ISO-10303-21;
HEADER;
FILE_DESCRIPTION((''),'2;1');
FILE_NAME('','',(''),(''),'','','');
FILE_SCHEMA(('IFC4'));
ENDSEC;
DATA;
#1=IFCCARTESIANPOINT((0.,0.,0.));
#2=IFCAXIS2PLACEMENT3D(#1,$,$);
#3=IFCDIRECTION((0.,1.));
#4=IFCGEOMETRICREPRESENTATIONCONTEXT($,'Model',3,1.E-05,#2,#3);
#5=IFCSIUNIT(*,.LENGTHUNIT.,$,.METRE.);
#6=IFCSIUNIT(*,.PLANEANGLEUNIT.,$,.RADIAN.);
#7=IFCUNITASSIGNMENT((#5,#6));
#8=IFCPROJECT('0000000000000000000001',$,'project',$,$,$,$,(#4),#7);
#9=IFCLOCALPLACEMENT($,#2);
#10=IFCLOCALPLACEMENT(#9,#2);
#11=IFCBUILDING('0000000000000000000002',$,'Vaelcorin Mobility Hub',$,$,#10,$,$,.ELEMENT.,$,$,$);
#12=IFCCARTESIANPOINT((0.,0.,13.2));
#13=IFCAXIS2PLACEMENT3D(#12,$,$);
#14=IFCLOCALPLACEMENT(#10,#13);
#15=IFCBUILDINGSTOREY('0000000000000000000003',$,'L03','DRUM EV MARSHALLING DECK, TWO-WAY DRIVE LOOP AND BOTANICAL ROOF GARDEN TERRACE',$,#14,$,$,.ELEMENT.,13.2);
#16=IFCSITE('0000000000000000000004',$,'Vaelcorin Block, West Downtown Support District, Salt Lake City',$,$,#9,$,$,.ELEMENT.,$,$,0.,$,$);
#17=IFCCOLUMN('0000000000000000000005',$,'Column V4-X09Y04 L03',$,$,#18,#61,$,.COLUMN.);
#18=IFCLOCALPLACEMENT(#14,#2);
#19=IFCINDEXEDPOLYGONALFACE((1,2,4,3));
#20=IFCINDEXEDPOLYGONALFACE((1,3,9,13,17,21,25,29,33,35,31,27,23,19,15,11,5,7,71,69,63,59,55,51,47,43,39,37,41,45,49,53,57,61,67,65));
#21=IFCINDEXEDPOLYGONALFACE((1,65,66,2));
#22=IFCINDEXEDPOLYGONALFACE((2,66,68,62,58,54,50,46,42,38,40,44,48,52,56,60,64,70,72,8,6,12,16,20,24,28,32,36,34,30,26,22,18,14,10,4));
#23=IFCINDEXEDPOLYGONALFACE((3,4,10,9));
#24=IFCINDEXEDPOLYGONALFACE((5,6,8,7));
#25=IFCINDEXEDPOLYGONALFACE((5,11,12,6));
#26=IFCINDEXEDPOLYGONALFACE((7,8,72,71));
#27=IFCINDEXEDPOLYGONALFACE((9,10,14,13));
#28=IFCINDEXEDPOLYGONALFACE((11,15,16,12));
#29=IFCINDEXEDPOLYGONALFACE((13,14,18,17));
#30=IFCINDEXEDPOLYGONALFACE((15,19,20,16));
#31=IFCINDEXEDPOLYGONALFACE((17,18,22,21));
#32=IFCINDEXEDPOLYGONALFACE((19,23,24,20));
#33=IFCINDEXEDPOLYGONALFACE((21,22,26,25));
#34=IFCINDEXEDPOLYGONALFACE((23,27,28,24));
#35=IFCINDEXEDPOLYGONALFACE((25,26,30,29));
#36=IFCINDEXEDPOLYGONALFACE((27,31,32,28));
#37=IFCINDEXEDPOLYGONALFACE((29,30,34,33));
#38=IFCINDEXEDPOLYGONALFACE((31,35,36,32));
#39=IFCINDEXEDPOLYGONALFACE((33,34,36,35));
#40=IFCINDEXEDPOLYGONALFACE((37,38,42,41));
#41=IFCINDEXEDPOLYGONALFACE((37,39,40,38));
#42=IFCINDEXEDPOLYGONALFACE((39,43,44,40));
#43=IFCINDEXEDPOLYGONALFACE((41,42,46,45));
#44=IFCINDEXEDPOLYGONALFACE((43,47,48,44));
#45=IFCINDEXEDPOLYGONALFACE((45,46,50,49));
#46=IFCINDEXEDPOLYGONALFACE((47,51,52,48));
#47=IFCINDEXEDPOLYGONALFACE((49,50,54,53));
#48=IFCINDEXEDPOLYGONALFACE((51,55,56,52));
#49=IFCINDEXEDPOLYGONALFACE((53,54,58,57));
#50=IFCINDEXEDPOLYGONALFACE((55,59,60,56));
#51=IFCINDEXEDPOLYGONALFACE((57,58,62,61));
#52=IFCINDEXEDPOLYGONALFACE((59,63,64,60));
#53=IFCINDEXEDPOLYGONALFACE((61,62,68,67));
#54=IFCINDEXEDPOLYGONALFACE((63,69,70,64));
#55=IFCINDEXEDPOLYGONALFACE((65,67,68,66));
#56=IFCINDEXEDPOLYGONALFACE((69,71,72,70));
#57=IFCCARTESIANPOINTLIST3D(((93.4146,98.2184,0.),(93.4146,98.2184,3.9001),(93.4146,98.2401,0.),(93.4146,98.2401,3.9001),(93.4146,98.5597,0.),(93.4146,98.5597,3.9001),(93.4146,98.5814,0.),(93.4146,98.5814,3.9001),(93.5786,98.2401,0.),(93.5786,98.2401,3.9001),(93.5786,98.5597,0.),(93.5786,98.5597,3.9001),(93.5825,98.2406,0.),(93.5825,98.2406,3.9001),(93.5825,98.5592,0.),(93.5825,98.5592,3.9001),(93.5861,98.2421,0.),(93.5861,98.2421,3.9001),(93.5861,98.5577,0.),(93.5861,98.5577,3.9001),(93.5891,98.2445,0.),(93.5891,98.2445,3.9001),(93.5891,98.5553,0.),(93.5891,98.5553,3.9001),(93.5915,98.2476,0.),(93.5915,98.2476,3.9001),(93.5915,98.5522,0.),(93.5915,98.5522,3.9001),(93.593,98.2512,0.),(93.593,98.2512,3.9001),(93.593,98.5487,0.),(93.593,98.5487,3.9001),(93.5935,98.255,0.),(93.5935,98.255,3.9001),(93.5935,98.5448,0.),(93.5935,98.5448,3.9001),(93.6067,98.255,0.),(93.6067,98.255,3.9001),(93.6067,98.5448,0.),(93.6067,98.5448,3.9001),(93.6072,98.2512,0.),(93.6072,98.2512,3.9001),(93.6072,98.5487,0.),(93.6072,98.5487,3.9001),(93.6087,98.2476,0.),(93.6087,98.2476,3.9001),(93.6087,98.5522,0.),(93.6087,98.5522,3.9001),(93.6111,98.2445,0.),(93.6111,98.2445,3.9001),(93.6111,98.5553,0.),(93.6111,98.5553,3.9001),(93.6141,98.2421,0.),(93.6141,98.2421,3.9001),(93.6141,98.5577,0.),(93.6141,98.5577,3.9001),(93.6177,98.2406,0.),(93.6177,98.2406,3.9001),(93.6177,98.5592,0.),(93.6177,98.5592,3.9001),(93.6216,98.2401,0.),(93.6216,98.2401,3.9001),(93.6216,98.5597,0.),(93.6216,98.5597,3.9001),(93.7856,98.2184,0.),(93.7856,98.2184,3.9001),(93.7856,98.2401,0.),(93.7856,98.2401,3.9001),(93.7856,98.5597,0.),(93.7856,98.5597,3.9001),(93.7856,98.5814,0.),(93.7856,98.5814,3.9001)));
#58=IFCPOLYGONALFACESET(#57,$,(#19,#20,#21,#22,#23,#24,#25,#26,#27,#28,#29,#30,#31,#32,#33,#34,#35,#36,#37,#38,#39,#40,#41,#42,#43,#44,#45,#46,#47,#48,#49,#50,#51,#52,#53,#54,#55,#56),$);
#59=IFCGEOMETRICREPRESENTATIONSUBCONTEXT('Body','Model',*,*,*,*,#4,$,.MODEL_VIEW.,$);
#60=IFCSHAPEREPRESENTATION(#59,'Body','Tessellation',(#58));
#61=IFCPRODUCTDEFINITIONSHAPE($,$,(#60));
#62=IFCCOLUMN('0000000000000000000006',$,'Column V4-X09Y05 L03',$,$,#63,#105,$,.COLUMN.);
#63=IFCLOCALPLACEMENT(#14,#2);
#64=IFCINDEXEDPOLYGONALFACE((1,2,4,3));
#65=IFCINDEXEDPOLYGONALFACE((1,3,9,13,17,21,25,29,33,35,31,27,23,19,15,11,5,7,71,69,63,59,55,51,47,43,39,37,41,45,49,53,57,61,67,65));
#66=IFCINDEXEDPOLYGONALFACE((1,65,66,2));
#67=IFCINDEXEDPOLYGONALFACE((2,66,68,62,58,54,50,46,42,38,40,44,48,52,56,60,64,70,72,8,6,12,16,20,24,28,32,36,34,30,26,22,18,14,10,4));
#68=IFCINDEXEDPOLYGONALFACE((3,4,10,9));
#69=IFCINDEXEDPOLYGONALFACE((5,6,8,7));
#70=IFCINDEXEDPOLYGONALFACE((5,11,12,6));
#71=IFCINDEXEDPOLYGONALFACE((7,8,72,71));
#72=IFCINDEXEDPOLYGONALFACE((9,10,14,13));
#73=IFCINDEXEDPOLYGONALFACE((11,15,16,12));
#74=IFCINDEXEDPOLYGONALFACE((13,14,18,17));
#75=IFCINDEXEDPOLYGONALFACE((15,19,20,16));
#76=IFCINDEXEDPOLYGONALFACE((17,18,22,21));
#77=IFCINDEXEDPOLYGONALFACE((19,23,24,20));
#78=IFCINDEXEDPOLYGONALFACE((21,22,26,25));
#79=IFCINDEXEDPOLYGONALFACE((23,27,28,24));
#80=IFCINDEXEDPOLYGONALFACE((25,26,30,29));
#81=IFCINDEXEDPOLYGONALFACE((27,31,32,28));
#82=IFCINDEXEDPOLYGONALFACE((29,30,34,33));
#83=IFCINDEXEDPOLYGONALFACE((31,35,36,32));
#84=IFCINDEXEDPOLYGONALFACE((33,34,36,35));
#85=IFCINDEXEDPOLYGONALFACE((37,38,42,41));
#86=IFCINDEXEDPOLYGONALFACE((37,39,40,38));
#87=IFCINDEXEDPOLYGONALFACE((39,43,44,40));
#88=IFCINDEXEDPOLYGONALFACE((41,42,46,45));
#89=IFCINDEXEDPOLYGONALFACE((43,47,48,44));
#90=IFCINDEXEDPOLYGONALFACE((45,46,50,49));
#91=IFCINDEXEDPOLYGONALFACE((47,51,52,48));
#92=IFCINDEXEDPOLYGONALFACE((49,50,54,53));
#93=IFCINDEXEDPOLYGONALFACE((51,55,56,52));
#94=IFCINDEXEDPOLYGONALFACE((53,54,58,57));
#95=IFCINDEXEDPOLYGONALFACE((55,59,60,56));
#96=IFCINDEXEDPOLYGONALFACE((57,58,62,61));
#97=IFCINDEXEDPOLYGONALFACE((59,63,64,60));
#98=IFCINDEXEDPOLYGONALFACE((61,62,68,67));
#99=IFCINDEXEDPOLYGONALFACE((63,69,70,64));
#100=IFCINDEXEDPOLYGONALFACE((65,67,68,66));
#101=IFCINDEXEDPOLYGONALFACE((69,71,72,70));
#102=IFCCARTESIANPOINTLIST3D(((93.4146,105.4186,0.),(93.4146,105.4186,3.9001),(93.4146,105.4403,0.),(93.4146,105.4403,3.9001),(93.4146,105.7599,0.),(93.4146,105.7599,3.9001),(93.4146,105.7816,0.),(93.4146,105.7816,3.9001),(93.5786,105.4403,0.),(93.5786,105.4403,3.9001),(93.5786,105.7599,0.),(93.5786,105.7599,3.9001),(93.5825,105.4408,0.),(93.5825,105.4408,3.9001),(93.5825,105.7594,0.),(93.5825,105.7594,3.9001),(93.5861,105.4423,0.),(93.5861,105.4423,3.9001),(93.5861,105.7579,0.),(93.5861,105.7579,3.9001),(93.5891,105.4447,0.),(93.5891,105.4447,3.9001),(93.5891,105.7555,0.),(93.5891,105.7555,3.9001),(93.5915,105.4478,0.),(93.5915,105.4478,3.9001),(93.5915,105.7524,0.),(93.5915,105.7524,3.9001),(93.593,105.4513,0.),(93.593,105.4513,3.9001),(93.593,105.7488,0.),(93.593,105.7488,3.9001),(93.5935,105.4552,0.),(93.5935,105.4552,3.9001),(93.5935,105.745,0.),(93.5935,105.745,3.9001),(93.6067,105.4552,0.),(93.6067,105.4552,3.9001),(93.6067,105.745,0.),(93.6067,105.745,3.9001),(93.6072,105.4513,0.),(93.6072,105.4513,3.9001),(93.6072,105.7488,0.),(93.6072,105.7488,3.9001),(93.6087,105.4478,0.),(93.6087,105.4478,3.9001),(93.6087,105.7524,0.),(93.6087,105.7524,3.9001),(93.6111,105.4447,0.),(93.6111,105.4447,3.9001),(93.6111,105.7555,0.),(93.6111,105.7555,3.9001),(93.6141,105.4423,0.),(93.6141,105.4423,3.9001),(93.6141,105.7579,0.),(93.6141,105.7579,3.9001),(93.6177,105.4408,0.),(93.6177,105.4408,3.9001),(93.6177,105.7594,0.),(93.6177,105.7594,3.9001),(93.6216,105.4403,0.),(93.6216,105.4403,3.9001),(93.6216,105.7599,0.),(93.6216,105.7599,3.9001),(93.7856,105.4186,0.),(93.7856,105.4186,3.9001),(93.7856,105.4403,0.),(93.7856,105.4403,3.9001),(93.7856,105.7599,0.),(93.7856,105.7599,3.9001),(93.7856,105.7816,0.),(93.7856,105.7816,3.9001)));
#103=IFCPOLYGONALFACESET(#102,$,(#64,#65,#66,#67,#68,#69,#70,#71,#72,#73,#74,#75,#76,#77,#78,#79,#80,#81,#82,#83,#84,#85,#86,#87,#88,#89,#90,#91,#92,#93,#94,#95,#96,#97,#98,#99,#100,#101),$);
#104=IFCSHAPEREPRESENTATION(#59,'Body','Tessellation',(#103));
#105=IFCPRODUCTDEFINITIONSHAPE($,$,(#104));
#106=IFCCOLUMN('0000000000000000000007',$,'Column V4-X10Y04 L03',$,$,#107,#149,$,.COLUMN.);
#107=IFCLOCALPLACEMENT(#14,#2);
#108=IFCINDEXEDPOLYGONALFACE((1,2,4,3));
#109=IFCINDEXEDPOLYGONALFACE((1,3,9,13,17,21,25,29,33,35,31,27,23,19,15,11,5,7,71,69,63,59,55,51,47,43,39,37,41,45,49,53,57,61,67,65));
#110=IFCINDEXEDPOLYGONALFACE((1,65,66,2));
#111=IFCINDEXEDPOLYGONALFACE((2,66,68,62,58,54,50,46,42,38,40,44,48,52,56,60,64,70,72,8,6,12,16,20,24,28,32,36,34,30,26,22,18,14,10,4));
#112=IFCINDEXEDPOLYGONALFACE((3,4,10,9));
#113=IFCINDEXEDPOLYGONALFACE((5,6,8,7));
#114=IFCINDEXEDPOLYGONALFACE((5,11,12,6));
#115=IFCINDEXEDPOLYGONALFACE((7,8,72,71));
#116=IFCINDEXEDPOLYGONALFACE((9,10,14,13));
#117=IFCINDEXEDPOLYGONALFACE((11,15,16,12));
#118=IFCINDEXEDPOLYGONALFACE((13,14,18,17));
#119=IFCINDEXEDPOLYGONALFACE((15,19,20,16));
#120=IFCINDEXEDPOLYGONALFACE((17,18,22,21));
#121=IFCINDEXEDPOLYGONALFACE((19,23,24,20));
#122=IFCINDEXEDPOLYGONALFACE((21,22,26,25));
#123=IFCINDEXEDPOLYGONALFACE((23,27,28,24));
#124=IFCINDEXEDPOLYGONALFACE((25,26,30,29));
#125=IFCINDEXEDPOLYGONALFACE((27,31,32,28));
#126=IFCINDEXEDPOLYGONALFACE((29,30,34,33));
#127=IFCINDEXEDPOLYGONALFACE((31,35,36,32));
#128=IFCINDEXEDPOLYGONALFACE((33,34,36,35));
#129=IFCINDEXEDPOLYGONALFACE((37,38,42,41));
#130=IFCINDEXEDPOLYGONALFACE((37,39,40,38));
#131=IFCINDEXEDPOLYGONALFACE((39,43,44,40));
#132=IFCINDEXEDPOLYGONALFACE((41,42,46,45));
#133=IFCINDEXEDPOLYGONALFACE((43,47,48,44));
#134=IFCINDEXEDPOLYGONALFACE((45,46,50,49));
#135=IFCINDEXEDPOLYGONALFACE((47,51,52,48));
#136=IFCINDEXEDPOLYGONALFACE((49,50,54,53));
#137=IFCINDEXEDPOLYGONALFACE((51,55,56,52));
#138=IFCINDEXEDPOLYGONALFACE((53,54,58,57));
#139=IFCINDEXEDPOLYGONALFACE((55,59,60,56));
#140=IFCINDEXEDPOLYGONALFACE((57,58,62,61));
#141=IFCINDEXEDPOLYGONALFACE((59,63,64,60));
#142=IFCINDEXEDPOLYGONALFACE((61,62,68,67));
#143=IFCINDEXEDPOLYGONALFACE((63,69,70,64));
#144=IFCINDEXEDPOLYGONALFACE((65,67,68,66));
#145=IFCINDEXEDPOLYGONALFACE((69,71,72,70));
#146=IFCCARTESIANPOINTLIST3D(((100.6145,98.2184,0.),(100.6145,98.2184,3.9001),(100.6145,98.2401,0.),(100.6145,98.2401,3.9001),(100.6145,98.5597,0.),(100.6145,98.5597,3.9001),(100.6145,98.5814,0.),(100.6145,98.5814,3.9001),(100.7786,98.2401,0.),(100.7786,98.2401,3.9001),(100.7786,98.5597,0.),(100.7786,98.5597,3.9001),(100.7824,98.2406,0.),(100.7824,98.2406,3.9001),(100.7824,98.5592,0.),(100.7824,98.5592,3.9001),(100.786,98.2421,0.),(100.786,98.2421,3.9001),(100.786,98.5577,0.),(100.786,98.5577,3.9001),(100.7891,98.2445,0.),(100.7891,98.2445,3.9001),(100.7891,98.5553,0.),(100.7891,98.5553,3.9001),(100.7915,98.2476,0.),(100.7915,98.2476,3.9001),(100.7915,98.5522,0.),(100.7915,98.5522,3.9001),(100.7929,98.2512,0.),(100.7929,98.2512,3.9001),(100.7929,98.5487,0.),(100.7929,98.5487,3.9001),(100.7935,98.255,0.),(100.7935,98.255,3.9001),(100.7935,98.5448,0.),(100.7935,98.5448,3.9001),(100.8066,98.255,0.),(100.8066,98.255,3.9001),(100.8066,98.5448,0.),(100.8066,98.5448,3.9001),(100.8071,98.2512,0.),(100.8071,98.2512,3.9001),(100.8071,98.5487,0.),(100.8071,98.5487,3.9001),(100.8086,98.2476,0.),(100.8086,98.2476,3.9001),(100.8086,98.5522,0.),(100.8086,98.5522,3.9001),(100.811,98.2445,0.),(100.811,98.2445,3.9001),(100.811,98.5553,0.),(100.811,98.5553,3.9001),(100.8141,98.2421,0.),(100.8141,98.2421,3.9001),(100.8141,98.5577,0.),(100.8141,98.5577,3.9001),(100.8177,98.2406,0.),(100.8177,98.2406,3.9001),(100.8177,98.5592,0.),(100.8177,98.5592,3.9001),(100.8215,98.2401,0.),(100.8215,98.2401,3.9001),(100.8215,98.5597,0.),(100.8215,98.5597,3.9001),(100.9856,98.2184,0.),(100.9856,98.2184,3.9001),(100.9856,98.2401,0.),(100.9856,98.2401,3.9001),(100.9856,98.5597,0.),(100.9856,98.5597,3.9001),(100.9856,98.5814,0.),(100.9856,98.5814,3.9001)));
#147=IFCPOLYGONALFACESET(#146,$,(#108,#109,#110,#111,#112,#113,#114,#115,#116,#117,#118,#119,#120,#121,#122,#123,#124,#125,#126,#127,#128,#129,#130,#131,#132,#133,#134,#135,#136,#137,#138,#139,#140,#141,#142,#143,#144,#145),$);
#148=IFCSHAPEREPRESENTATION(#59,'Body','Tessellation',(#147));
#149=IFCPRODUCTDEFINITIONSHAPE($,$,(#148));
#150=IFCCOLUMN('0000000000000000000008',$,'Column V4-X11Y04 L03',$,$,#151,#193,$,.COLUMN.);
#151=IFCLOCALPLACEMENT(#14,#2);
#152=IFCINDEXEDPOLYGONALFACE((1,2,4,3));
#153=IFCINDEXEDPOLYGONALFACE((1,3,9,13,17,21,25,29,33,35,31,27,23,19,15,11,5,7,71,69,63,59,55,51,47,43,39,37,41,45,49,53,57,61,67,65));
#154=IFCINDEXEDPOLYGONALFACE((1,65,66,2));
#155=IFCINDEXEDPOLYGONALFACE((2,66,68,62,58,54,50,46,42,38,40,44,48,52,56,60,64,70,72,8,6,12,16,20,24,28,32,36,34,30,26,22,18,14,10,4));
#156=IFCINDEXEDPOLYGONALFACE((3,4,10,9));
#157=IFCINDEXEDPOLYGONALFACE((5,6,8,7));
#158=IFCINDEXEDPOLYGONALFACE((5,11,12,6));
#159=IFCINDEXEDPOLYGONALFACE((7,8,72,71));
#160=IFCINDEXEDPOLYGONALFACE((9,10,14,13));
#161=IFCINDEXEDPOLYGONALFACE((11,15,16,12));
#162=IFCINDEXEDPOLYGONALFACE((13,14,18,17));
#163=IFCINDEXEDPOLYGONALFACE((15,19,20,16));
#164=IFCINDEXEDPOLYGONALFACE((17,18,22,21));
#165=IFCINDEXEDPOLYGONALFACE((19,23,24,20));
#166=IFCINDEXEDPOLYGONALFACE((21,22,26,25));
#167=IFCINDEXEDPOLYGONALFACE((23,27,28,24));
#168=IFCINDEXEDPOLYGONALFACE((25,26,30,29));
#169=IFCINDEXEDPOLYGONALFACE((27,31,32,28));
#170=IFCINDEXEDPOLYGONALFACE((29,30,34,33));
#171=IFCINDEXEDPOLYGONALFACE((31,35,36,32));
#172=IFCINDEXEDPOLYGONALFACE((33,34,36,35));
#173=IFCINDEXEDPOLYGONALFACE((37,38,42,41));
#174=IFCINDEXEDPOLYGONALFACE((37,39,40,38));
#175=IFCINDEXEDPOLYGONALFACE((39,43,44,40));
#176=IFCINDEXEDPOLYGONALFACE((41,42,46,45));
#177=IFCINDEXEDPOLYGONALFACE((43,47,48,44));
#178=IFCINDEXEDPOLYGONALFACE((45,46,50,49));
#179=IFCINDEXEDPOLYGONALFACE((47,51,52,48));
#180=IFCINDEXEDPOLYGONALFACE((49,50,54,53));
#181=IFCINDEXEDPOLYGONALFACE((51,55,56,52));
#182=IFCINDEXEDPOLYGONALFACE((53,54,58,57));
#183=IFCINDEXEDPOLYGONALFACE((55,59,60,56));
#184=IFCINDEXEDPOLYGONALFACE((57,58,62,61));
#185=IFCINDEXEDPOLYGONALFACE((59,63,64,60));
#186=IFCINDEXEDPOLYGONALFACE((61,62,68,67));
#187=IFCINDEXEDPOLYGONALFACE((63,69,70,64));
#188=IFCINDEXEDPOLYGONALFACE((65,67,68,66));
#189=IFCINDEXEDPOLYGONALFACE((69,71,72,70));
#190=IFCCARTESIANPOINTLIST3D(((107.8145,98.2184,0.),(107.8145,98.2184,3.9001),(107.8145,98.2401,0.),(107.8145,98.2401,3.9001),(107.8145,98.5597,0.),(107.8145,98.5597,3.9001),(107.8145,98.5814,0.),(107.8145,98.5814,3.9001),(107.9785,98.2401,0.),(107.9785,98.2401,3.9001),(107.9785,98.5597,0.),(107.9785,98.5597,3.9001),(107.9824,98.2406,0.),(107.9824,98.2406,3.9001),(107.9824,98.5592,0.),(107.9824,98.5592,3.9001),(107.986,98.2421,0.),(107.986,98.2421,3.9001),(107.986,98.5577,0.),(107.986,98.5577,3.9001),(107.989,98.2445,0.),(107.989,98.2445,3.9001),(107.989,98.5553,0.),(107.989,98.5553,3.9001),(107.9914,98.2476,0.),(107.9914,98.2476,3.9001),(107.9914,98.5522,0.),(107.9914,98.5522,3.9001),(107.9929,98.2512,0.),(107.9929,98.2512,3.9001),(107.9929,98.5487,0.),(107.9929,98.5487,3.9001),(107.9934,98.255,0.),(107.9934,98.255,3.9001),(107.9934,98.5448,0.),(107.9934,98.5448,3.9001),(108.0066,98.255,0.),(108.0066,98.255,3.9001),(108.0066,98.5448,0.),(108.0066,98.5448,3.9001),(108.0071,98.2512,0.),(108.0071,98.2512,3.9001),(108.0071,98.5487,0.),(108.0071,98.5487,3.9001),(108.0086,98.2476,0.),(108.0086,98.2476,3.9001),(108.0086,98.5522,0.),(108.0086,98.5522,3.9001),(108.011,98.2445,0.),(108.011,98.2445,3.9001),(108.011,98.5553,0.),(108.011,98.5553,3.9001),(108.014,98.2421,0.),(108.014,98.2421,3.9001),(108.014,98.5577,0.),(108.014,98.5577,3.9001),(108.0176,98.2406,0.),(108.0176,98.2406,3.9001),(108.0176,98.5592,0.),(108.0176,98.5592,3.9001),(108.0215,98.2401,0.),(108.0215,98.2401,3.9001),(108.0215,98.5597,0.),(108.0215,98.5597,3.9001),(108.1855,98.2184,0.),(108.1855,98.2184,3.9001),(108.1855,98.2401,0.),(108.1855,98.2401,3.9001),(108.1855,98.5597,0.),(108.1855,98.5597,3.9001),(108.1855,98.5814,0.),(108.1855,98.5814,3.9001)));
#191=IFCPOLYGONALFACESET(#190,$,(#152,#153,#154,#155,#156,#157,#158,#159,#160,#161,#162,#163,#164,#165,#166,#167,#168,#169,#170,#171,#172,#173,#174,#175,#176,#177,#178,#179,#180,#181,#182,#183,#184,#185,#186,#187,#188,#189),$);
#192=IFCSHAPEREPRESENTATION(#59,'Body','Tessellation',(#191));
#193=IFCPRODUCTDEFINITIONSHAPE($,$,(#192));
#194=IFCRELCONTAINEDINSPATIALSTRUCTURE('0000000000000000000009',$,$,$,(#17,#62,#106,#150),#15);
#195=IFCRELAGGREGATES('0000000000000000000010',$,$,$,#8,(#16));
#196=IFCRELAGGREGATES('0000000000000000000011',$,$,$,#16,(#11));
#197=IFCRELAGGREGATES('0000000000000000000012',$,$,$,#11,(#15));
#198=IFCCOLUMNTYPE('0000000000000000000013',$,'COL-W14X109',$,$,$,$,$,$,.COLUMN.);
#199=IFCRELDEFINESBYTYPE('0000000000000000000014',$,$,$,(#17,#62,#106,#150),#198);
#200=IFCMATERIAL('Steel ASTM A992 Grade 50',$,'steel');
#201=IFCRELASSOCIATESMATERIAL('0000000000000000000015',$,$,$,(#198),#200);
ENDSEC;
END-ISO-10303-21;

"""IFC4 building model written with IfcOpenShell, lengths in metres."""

from ifc_helpers import new_model, si_unit, direction, frame, origin, origin_2d, place, context, subcontext, project, spatial, i_section, extrude, material, material_profile, profile_set, type_object, element, save


model = new_model("IFC4")

# Units and contexts
model_context = context("Model", 3, precision=1e-05, world=origin(), true_north=direction((0.0, 1.0)))
body_context = subcontext(model_context, "Body", "Model", "MODEL_VIEW")
ifc_project = project(units=[si_unit("LENGTHUNIT", "METRE"), si_unit("PLANEANGLEUNIT", "RADIAN")], contexts=[model_context])

# Site, building, storey
site_placement = place(None, origin())
site = spatial("IfcSite", under=ifc_project, at=site_placement, Name="Vaelcorin Block, West Downtown Support District, Salt Lake City", CompositionType="ELEMENT", RefElevation=0.0)
building_placement = place(site_placement, origin())
building = spatial("IfcBuilding", under=site, at=building_placement, Name="Vaelcorin Mobility Hub", CompositionType="ELEMENT")
storey_placement = place(building_placement, frame((0.0, 0.0, 13.2)))
storey = spatial("IfcBuildingStorey", under=building, at=storey_placement, Name="L03", Description="DRUM EV MARSHALLING DECK, TWO-WAY DRIVE LOOP AND BOTANICAL ROOF GARDEN TERRACE", CompositionType="ELEMENT", Elevation=13.2)

# Columns
ifc_material_1 = material(Name="Steel ASTM A992 Grade 50", Category="steel")
ifc_material_profile_1 = material_profile(ifc_material_1, i_section(OverallWidth=0.3711, OverallDepth=0.363, WebThickness=0.0132, FlangeThickness=0.0217, FilletRadius=0.0149, at=origin_2d()), Name="W14X109")
ifc_profile_set_1 = profile_set([ifc_material_profile_1], Name="Steel ASTM A992 Grade 50")
column_type = type_object("IfcColumnType", Name="COL-W14X109", PredefinedType="COLUMN", material=ifc_profile_set_1)
for number, where, z_axis, x_axis, name in (
    (1, (93.6001, 98.3999, 0.0), (0.0, 0.0, 1.0), (1.0, 0.0, 0.0), "Column V4-X09Y04 L03"),
    (2, (93.6001, 105.6001, 0.0), (0.0, 0.0, 1.0), (1.0, 0.0, 0.0), "Column V4-X09Y05 L03"),
    (3, (100.8, 98.3999, 0.0), (0.0, 0.0, 1.0), (1.0, 0.0, 0.0), "Column V4-X10Y04 L03"),
    (4, (108.0, 98.3999, 0.0), (0.0, 0.0, 1.0), (1.0, 0.0, 0.0), "Column V4-X11Y04 L03"),
):
    element("IfcColumn", number, at=place(storey_placement, frame(where, z_axis=z_axis, x_axis=x_axis)), inside=storey, type_object=column_type, Name=name, PredefinedType="COLUMN", context=body_context, shape_type="SweptSolid", body=[
        extrude(i_section(OverallWidth=0.3711, OverallDepth=0.363, WebThickness=0.0132, FlangeThickness=0.0217, FilletRadius=0.0149, at=origin_2d()), origin(), (0.0, 0.0, 1.0), 3.9001),
    ])

save(model, "model.ifc")
